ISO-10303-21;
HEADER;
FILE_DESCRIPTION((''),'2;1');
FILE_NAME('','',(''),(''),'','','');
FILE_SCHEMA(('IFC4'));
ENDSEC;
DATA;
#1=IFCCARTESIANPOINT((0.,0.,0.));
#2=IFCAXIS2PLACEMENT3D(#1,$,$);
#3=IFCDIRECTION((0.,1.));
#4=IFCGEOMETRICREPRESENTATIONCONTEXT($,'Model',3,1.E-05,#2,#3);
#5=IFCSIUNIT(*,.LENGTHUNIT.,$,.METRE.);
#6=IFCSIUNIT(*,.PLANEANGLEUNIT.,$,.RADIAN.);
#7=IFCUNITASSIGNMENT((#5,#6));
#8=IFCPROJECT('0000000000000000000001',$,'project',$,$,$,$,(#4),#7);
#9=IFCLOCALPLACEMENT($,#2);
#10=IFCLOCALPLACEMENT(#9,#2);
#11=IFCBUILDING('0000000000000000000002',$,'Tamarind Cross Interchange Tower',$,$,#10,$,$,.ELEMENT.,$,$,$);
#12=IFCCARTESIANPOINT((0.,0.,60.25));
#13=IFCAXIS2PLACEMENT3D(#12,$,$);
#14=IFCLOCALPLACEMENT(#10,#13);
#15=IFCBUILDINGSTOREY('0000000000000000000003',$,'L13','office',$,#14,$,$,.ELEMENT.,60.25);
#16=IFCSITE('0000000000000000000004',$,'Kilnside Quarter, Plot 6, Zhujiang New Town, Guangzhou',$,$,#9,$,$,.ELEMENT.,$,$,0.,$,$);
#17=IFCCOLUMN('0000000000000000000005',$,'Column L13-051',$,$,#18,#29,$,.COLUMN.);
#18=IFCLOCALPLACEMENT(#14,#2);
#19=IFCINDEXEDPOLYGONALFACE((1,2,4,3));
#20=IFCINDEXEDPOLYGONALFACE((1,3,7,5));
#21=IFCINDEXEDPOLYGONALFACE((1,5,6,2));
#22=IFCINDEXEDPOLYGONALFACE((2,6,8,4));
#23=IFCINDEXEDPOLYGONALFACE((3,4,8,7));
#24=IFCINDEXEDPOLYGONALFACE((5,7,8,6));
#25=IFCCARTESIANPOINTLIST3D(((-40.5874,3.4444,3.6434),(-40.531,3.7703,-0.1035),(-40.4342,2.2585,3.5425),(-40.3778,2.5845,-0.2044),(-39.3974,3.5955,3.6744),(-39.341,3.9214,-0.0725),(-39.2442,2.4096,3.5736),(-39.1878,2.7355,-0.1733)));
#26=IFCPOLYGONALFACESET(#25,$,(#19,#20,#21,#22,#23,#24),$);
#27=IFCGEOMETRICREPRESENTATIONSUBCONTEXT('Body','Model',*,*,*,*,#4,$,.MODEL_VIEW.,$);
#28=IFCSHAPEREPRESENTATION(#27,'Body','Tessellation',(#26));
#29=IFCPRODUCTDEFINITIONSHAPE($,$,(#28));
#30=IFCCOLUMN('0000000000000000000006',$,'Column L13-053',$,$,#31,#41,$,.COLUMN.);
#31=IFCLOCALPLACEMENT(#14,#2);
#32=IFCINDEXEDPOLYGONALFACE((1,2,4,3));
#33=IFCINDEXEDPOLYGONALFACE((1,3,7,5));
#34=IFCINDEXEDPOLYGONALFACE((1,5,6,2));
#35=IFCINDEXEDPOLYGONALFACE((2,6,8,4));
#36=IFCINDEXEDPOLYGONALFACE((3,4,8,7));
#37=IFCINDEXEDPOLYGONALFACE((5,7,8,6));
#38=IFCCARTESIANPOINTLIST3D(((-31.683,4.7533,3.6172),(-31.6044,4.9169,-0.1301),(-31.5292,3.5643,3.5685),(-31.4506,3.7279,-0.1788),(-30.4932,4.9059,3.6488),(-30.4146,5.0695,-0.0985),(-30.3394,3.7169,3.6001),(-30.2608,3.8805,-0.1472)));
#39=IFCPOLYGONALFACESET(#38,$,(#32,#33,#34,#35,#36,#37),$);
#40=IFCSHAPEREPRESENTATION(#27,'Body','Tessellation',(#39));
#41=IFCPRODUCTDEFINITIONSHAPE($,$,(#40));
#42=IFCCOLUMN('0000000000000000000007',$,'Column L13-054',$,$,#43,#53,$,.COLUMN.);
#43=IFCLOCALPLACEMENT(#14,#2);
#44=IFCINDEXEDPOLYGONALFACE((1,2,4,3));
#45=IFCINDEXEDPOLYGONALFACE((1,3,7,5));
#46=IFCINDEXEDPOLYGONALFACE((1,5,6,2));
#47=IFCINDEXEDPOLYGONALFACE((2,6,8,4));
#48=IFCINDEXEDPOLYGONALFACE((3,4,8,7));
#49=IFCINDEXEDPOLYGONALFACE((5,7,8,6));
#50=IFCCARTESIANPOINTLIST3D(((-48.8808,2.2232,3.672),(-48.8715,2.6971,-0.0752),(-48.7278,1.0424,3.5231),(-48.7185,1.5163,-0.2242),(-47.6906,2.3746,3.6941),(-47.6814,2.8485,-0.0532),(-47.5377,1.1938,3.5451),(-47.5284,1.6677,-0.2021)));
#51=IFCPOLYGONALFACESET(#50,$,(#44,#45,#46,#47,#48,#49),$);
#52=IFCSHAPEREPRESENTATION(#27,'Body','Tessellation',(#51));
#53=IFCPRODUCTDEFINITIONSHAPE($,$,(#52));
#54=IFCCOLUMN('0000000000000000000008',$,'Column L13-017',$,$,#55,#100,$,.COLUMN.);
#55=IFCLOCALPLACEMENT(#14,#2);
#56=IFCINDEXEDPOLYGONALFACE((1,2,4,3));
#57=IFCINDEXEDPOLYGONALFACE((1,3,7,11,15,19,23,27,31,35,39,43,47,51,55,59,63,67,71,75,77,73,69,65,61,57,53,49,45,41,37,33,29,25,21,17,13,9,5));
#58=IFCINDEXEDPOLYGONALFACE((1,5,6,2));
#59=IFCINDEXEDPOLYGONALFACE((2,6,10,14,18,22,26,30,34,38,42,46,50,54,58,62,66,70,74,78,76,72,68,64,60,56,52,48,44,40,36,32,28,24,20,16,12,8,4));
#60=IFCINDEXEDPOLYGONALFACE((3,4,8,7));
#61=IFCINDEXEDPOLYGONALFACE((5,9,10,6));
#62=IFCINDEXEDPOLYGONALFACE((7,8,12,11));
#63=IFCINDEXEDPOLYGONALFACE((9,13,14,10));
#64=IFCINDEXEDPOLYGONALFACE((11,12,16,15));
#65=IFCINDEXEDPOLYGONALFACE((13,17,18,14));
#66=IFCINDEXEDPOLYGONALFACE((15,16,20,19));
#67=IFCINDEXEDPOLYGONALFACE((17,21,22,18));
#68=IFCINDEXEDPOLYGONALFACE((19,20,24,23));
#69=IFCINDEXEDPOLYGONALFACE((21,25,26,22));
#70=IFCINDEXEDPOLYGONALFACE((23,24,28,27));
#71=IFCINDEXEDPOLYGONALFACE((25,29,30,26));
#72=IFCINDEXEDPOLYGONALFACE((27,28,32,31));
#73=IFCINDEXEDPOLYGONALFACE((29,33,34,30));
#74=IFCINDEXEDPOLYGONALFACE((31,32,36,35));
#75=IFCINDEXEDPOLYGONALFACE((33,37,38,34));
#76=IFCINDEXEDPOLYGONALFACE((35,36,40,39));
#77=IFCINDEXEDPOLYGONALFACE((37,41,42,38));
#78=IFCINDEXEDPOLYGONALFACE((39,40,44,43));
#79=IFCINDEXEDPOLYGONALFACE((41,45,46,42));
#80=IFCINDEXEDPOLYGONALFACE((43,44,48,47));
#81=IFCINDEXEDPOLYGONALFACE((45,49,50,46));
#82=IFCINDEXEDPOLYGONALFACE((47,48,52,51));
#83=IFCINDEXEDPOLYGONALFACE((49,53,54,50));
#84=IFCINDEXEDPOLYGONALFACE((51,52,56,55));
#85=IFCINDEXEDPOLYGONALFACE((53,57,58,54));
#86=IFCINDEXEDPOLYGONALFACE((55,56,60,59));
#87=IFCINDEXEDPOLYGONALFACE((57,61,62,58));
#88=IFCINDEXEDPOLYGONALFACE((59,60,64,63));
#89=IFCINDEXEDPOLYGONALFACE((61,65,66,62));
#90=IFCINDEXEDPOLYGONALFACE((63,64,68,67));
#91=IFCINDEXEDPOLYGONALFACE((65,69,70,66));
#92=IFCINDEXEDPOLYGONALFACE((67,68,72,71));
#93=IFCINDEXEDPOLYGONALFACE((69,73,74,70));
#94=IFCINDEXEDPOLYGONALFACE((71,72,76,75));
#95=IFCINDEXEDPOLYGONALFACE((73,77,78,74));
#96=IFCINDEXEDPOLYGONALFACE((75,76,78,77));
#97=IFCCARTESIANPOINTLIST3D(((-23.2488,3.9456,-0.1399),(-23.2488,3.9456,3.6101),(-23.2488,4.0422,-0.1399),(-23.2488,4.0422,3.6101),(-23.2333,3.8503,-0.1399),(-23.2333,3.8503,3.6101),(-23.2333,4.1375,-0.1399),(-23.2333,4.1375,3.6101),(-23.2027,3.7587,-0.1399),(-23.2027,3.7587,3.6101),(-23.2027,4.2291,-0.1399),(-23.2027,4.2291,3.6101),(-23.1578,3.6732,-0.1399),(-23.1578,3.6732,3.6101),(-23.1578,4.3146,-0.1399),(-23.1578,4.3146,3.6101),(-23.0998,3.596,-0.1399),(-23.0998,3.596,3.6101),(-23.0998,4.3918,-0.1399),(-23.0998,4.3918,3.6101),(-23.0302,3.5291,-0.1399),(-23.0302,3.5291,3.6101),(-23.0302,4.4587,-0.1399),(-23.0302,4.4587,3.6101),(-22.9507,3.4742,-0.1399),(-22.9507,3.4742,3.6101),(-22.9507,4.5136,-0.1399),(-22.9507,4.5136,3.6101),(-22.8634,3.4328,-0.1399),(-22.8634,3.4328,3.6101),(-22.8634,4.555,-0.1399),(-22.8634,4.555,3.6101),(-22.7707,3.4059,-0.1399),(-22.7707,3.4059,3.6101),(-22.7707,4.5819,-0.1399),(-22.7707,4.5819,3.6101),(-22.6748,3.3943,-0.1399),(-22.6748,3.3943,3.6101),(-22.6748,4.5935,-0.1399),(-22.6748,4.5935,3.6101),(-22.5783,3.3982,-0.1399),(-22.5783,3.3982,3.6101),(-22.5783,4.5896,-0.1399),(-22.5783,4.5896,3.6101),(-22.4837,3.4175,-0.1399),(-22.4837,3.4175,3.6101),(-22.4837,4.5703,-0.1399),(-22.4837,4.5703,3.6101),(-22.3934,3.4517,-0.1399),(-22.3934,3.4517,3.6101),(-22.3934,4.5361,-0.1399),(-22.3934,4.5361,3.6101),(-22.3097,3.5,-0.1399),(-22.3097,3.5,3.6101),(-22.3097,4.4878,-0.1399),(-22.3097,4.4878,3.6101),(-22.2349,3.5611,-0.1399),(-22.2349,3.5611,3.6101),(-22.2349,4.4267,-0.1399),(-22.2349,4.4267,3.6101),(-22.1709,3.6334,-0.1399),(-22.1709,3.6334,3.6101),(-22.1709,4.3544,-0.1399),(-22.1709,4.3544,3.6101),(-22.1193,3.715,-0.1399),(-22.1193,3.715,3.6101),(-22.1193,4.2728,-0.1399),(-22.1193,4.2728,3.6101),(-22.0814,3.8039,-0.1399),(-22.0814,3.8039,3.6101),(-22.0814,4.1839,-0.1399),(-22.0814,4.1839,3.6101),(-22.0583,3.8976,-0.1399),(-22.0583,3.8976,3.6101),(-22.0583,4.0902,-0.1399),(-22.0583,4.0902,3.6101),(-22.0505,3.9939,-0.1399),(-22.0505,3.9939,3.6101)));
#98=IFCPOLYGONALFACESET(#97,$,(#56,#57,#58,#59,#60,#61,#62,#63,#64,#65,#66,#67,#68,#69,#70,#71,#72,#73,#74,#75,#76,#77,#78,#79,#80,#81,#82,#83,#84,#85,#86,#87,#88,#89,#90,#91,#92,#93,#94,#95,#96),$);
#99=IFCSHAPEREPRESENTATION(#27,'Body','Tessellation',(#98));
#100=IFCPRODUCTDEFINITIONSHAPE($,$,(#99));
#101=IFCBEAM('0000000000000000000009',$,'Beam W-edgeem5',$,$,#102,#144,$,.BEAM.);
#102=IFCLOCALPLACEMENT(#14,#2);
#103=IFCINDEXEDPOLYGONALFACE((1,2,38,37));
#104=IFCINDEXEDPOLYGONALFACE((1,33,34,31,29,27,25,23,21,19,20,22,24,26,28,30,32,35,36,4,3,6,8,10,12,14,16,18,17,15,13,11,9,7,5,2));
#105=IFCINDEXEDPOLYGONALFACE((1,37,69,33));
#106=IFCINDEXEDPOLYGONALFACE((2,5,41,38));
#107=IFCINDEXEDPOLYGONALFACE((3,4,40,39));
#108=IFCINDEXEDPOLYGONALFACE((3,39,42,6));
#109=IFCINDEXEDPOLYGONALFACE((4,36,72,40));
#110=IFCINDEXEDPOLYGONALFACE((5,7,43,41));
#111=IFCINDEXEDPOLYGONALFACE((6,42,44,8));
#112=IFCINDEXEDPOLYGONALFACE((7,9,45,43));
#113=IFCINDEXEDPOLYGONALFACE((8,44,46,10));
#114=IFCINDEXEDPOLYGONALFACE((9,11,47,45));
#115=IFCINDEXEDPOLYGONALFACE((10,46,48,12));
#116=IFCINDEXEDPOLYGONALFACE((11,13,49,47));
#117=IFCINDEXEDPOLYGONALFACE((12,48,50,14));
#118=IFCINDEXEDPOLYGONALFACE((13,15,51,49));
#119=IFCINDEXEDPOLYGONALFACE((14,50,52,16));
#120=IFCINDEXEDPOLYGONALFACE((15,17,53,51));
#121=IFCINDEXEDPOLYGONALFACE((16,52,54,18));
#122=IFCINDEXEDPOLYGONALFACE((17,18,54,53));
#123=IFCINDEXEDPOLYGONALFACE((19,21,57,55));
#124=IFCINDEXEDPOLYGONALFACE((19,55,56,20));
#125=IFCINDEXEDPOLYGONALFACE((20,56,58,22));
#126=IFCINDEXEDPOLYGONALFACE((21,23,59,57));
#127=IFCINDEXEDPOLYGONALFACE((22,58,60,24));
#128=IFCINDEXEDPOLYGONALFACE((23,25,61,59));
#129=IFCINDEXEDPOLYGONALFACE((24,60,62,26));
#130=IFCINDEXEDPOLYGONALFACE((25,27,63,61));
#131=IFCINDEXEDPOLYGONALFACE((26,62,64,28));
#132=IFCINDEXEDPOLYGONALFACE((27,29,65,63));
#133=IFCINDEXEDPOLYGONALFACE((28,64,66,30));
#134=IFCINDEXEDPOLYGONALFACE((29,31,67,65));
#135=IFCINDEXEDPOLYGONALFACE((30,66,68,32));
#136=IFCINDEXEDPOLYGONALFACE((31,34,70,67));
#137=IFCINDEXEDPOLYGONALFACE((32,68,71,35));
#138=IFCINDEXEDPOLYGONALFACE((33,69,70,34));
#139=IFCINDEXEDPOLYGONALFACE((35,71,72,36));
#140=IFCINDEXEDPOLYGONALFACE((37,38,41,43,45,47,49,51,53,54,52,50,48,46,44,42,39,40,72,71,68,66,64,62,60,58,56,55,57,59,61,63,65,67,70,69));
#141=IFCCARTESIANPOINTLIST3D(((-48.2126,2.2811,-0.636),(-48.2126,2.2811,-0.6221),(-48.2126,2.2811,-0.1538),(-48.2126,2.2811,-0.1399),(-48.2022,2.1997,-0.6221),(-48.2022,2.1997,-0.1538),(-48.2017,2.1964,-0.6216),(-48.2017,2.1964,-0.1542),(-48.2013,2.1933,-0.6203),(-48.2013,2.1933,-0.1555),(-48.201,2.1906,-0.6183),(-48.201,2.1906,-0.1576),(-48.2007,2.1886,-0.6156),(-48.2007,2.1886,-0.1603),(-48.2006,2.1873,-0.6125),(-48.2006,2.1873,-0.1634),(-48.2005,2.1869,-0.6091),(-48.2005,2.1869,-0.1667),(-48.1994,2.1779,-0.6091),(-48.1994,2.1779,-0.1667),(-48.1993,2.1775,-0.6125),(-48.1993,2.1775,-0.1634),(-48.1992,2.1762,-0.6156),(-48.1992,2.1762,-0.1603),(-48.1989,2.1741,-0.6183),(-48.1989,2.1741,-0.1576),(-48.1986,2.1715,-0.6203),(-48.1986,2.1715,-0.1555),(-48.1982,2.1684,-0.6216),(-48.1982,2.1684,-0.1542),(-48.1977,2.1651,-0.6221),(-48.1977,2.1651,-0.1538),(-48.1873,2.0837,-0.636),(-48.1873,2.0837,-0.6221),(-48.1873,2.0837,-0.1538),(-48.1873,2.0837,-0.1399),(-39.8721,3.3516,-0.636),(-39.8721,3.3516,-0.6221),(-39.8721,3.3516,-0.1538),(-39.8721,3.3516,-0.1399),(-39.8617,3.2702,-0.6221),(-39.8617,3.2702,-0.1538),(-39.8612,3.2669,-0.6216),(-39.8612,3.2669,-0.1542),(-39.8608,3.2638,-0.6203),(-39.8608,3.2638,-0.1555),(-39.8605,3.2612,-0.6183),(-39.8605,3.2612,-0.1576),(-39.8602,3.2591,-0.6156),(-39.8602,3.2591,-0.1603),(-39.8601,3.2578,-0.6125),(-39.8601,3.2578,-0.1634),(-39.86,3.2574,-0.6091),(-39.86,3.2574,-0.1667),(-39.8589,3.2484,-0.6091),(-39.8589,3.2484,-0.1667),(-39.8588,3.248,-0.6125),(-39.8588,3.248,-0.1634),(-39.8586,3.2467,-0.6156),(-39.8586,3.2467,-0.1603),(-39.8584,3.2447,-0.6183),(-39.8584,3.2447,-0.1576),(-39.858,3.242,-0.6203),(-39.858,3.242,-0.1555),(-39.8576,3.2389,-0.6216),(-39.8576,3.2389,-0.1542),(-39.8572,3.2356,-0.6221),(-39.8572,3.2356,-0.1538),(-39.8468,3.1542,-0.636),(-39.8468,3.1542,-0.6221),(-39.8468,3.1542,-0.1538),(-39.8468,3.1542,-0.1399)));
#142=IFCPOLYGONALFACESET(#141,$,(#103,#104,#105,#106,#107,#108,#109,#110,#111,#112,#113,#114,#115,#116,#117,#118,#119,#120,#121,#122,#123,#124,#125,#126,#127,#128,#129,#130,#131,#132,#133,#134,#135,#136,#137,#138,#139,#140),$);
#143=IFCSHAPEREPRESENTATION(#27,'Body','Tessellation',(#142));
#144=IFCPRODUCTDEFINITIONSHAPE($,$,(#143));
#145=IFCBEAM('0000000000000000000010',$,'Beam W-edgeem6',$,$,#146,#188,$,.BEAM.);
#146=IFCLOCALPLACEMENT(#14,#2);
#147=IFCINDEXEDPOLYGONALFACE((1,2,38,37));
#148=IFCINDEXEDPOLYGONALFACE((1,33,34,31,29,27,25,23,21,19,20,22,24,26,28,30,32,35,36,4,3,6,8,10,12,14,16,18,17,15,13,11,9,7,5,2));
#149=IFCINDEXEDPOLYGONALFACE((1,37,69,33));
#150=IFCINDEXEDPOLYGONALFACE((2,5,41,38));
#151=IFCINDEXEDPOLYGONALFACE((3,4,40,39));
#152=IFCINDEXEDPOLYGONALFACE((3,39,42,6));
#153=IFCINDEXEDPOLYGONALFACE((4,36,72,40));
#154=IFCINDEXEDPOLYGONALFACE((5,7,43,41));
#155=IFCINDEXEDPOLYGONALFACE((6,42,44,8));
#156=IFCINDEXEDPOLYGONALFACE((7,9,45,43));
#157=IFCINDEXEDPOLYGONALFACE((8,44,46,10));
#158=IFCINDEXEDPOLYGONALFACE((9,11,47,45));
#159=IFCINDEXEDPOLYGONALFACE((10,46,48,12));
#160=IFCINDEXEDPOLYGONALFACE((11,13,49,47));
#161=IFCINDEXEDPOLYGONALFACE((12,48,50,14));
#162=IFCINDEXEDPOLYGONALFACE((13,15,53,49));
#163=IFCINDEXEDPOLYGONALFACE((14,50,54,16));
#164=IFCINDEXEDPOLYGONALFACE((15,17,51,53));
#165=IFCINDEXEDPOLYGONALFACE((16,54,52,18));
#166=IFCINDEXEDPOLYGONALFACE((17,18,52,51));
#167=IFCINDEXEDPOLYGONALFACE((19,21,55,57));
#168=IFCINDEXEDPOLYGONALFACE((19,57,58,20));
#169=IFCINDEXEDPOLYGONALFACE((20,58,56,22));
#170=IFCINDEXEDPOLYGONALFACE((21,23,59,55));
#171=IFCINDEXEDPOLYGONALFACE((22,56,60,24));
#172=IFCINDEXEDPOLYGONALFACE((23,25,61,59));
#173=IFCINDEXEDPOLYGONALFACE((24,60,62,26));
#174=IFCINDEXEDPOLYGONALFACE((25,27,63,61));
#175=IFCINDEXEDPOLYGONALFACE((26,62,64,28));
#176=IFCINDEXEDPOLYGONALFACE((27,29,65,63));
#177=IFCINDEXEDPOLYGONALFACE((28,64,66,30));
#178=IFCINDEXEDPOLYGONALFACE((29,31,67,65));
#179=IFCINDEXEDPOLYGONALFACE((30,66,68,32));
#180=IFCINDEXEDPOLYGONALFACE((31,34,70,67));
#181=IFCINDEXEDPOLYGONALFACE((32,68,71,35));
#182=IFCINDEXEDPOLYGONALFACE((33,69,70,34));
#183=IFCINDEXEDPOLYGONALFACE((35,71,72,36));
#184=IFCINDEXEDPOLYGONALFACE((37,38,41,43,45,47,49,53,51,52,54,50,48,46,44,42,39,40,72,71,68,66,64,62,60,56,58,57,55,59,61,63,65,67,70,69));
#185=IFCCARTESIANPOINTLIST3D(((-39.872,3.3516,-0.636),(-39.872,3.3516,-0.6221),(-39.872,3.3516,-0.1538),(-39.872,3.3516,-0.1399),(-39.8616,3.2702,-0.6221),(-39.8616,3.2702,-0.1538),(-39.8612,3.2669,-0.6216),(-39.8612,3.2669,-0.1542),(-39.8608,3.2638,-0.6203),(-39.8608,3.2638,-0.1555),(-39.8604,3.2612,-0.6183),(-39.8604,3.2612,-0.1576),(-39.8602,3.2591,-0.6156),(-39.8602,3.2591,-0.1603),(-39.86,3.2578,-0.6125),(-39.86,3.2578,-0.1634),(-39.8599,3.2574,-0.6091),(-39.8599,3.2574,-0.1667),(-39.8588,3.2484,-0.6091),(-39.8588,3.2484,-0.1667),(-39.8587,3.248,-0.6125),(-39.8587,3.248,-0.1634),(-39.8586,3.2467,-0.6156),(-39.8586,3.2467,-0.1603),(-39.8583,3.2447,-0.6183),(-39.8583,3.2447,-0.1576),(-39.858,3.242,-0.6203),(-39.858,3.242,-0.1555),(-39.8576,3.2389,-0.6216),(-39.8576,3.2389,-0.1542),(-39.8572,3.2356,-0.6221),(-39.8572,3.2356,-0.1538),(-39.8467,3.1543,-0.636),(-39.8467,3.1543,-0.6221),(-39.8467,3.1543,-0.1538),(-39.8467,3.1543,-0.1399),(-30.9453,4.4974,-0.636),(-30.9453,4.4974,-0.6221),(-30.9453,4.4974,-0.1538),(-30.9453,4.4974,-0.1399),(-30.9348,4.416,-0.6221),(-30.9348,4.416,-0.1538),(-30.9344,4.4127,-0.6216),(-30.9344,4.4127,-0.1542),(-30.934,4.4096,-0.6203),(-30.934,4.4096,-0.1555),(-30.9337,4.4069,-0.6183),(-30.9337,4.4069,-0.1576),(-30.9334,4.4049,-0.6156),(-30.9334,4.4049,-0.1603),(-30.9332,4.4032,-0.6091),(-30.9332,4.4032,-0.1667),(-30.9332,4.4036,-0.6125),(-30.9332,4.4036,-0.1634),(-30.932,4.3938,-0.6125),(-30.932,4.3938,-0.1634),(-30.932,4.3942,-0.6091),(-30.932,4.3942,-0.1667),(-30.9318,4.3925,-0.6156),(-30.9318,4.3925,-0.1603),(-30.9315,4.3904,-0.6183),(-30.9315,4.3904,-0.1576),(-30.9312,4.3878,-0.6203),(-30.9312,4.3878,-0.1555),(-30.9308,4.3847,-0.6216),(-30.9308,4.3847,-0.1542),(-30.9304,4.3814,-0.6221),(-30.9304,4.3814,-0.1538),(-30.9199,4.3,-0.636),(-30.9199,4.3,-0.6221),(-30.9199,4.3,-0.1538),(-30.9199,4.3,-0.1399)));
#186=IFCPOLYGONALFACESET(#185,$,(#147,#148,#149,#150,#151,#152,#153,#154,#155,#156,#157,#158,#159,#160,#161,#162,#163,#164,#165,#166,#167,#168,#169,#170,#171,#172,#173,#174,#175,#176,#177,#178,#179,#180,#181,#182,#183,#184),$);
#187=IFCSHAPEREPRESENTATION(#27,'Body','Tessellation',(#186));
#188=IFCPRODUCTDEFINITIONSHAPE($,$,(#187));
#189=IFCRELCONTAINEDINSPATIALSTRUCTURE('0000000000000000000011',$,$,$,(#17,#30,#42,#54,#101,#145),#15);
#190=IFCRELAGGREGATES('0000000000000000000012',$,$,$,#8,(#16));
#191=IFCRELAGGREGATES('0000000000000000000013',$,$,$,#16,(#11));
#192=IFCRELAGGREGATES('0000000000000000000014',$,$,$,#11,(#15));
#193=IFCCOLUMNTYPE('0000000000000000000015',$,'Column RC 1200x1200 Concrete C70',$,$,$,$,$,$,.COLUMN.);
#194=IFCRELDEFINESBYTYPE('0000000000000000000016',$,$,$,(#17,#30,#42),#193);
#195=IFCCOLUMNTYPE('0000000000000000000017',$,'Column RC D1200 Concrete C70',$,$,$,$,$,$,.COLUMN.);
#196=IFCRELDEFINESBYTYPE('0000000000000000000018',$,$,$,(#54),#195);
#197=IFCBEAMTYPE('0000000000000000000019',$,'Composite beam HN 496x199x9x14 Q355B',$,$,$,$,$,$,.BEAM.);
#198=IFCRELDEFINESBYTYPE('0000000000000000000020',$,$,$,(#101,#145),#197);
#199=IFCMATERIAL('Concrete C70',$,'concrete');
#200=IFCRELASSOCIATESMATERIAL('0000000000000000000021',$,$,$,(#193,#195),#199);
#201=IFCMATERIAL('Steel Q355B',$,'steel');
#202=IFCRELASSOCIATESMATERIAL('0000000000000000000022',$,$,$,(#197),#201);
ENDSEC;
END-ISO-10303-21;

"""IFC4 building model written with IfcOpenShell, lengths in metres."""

from ifc_helpers import new_model, si_unit, direction, frame, origin, origin_2d, place, context, subcontext, project, spatial, rectangle, circle, i_section, extrude, material, material_profile, profile_set, type_object, element, save


model = new_model("IFC4")

# Units and contexts
model_context = context("Model", 3, precision=1e-05, world=origin(), true_north=direction((0.0, 1.0)))
body_context = subcontext(model_context, "Body", "Model", "MODEL_VIEW")
ifc_project = project(units=[si_unit("LENGTHUNIT", "METRE"), si_unit("PLANEANGLEUNIT", "RADIAN")], contexts=[model_context])

# Site, building, storey
site_placement = place(None, origin())
site = spatial("IfcSite", under=ifc_project, at=site_placement, Name="Kilnside Quarter, Plot 6, Zhujiang New Town, Guangzhou", CompositionType="ELEMENT", RefElevation=0.0)
building_placement = place(site_placement, origin())
building = spatial("IfcBuilding", under=site, at=building_placement, Name="Tamarind Cross Interchange Tower", CompositionType="ELEMENT")
storey_placement = place(building_placement, frame((0.0, 0.0, 60.25)))
storey = spatial("IfcBuildingStorey", under=building, at=storey_placement, Name="L13", Description="office", CompositionType="ELEMENT", Elevation=60.25)

# Columns
ifc_material_1 = material(Name="Concrete C70", Category="concrete")
ifc_material_profile_1 = material_profile(ifc_material_1, rectangle(XDim=1.2, YDim=1.2, at=origin_2d()), Name="RC 1200x1200")
ifc_profile_set_1 = profile_set([ifc_material_profile_1], Name="Concrete C70")
column_type_1 = type_object("IfcColumnType", Name="Column RC 1200x1200 Concrete C70", PredefinedType="COLUMN", material=ifc_profile_set_1)
column_1_placement = place(storey_placement, frame((-39.8594, 3.2529, -0.1384), z_axis=(-0.014993, -0.086651, 0.996126), x_axis=(0.991706, 0.125892, 0.025878)))
element("IfcColumn", 1, at=column_1_placement, inside=storey, type_object=column_type_1, Name="Column L13-051", PredefinedType="COLUMN", context=body_context, shape_type="SweptSolid", body=[
    extrude(rectangle(XDim=1.2, YDim=1.2, at=origin_2d()), origin(), (0.0, 0.0, 1.0), 3.7615),
])
column_2_placement = place(storey_placement, frame((-30.9326, 4.3987, -0.1387), z_axis=(-0.020954, -0.0436, 0.998829), x_axis=(0.991531, 0.12717, 0.026352)))
element("IfcColumn", 2, at=column_2_placement, inside=storey, type_object=column_type_1, Name="Column L13-053", PredefinedType="COLUMN", context=body_context, shape_type="SweptSolid", body=[
    extrude(rectangle(XDim=1.2, YDim=1.2, at=origin_2d()), origin(), (0.0, 0.0, 1.0), 3.7517),
])
column_3_placement = place(storey_placement, frame((-48.2, 2.1824, -0.1387), z_axis=(-0.002456, -0.125458, 0.992096), x_axis=(0.991838, 0.126166, 0.01841)))
element("IfcColumn", 3, at=column_3_placement, inside=storey, type_object=column_type_1, Name="Column L13-054", PredefinedType="COLUMN", context=body_context, shape_type="SweptSolid", body=[
    extrude(rectangle(XDim=1.2, YDim=1.2, at=origin_2d()), origin(), (0.0, 0.0, 1.0), 3.7771),
])
ifc_material_profile_2 = material_profile(ifc_material_1, circle(Radius=0.6001, at=origin_2d()), Name="RC D1200")
ifc_profile_set_2 = profile_set([ifc_material_profile_2], Name="Concrete C70")
column_type_2 = type_object("IfcColumnType", Name="Column RC D1200 Concrete C70", PredefinedType="COLUMN", material=ifc_profile_set_2)
column_4_placement = place(storey_placement, frame((-22.6506, 3.9939, -0.1399), z_axis=(0.0, 0.0, 1.0), x_axis=(1.0, 0.0, 0.0)))
element("IfcColumn", 4, at=column_4_placement, inside=storey, type_object=column_type_2, Name="Column L13-017", PredefinedType="COLUMN", context=body_context, shape_type="SweptSolid", body=[
    extrude(circle(Radius=0.6001, at=origin_2d()), origin(), (0.0, 0.0, 1.0), 3.75),
])

# Beams
ifc_material_2 = material(Name="Steel Q355B", Category="steel")
ifc_material_profile_3 = material_profile(ifc_material_2, i_section(OverallWidth=0.199, OverallDepth=0.4961, WebThickness=0.009, FlangeThickness=0.0139, FilletRadius=0.0129, at=origin_2d()), Name="HN 496x199x9x14")
ifc_profile_set_3 = profile_set([ifc_material_profile_3], Name="Steel Q355B")
beam_type_1 = type_object("IfcBeamType", Name="Composite beam HN 496x199x9x14 Q355B", PredefinedType="BEAM", material=ifc_profile_set_3)
beam_1_placement = place(storey_placement, frame((-48.2, 2.1824, -0.3879), z_axis=(0.991863, 0.127311, 0.0), x_axis=(-0.127311, 0.991863, 0.0)))
element("IfcBeam", 5, at=beam_1_placement, inside=storey, type_object=beam_type_1, Name="Beam W-edgeem5", PredefinedType="BEAM", context=body_context, shape_type="SweptSolid", body=[
    extrude(i_section(OverallWidth=0.199, OverallDepth=0.4961, WebThickness=0.009, FlangeThickness=0.0139, FilletRadius=0.0129, at=origin_2d()), origin(), (0.0, 0.0, 1.0), 8.4089),
])
beam_2_placement = place(storey_placement, frame((-39.8594, 3.2529, -0.3879), z_axis=(0.991863, 0.127306, 0.0), x_axis=(-0.127306, 0.991863, 0.0)))
element("IfcBeam", 6, at=beam_2_placement, inside=storey, type_object=beam_type_1, Name="Beam W-edgeem6", PredefinedType="BEAM", context=body_context, shape_type="SweptSolid", body=[
    extrude(i_section(OverallWidth=0.199, OverallDepth=0.4961, WebThickness=0.009, FlangeThickness=0.0139, FilletRadius=0.0129, at=origin_2d()), origin(), (0.0, 0.0, 1.0), 9.0),
])

save(model, "model.ifc")
